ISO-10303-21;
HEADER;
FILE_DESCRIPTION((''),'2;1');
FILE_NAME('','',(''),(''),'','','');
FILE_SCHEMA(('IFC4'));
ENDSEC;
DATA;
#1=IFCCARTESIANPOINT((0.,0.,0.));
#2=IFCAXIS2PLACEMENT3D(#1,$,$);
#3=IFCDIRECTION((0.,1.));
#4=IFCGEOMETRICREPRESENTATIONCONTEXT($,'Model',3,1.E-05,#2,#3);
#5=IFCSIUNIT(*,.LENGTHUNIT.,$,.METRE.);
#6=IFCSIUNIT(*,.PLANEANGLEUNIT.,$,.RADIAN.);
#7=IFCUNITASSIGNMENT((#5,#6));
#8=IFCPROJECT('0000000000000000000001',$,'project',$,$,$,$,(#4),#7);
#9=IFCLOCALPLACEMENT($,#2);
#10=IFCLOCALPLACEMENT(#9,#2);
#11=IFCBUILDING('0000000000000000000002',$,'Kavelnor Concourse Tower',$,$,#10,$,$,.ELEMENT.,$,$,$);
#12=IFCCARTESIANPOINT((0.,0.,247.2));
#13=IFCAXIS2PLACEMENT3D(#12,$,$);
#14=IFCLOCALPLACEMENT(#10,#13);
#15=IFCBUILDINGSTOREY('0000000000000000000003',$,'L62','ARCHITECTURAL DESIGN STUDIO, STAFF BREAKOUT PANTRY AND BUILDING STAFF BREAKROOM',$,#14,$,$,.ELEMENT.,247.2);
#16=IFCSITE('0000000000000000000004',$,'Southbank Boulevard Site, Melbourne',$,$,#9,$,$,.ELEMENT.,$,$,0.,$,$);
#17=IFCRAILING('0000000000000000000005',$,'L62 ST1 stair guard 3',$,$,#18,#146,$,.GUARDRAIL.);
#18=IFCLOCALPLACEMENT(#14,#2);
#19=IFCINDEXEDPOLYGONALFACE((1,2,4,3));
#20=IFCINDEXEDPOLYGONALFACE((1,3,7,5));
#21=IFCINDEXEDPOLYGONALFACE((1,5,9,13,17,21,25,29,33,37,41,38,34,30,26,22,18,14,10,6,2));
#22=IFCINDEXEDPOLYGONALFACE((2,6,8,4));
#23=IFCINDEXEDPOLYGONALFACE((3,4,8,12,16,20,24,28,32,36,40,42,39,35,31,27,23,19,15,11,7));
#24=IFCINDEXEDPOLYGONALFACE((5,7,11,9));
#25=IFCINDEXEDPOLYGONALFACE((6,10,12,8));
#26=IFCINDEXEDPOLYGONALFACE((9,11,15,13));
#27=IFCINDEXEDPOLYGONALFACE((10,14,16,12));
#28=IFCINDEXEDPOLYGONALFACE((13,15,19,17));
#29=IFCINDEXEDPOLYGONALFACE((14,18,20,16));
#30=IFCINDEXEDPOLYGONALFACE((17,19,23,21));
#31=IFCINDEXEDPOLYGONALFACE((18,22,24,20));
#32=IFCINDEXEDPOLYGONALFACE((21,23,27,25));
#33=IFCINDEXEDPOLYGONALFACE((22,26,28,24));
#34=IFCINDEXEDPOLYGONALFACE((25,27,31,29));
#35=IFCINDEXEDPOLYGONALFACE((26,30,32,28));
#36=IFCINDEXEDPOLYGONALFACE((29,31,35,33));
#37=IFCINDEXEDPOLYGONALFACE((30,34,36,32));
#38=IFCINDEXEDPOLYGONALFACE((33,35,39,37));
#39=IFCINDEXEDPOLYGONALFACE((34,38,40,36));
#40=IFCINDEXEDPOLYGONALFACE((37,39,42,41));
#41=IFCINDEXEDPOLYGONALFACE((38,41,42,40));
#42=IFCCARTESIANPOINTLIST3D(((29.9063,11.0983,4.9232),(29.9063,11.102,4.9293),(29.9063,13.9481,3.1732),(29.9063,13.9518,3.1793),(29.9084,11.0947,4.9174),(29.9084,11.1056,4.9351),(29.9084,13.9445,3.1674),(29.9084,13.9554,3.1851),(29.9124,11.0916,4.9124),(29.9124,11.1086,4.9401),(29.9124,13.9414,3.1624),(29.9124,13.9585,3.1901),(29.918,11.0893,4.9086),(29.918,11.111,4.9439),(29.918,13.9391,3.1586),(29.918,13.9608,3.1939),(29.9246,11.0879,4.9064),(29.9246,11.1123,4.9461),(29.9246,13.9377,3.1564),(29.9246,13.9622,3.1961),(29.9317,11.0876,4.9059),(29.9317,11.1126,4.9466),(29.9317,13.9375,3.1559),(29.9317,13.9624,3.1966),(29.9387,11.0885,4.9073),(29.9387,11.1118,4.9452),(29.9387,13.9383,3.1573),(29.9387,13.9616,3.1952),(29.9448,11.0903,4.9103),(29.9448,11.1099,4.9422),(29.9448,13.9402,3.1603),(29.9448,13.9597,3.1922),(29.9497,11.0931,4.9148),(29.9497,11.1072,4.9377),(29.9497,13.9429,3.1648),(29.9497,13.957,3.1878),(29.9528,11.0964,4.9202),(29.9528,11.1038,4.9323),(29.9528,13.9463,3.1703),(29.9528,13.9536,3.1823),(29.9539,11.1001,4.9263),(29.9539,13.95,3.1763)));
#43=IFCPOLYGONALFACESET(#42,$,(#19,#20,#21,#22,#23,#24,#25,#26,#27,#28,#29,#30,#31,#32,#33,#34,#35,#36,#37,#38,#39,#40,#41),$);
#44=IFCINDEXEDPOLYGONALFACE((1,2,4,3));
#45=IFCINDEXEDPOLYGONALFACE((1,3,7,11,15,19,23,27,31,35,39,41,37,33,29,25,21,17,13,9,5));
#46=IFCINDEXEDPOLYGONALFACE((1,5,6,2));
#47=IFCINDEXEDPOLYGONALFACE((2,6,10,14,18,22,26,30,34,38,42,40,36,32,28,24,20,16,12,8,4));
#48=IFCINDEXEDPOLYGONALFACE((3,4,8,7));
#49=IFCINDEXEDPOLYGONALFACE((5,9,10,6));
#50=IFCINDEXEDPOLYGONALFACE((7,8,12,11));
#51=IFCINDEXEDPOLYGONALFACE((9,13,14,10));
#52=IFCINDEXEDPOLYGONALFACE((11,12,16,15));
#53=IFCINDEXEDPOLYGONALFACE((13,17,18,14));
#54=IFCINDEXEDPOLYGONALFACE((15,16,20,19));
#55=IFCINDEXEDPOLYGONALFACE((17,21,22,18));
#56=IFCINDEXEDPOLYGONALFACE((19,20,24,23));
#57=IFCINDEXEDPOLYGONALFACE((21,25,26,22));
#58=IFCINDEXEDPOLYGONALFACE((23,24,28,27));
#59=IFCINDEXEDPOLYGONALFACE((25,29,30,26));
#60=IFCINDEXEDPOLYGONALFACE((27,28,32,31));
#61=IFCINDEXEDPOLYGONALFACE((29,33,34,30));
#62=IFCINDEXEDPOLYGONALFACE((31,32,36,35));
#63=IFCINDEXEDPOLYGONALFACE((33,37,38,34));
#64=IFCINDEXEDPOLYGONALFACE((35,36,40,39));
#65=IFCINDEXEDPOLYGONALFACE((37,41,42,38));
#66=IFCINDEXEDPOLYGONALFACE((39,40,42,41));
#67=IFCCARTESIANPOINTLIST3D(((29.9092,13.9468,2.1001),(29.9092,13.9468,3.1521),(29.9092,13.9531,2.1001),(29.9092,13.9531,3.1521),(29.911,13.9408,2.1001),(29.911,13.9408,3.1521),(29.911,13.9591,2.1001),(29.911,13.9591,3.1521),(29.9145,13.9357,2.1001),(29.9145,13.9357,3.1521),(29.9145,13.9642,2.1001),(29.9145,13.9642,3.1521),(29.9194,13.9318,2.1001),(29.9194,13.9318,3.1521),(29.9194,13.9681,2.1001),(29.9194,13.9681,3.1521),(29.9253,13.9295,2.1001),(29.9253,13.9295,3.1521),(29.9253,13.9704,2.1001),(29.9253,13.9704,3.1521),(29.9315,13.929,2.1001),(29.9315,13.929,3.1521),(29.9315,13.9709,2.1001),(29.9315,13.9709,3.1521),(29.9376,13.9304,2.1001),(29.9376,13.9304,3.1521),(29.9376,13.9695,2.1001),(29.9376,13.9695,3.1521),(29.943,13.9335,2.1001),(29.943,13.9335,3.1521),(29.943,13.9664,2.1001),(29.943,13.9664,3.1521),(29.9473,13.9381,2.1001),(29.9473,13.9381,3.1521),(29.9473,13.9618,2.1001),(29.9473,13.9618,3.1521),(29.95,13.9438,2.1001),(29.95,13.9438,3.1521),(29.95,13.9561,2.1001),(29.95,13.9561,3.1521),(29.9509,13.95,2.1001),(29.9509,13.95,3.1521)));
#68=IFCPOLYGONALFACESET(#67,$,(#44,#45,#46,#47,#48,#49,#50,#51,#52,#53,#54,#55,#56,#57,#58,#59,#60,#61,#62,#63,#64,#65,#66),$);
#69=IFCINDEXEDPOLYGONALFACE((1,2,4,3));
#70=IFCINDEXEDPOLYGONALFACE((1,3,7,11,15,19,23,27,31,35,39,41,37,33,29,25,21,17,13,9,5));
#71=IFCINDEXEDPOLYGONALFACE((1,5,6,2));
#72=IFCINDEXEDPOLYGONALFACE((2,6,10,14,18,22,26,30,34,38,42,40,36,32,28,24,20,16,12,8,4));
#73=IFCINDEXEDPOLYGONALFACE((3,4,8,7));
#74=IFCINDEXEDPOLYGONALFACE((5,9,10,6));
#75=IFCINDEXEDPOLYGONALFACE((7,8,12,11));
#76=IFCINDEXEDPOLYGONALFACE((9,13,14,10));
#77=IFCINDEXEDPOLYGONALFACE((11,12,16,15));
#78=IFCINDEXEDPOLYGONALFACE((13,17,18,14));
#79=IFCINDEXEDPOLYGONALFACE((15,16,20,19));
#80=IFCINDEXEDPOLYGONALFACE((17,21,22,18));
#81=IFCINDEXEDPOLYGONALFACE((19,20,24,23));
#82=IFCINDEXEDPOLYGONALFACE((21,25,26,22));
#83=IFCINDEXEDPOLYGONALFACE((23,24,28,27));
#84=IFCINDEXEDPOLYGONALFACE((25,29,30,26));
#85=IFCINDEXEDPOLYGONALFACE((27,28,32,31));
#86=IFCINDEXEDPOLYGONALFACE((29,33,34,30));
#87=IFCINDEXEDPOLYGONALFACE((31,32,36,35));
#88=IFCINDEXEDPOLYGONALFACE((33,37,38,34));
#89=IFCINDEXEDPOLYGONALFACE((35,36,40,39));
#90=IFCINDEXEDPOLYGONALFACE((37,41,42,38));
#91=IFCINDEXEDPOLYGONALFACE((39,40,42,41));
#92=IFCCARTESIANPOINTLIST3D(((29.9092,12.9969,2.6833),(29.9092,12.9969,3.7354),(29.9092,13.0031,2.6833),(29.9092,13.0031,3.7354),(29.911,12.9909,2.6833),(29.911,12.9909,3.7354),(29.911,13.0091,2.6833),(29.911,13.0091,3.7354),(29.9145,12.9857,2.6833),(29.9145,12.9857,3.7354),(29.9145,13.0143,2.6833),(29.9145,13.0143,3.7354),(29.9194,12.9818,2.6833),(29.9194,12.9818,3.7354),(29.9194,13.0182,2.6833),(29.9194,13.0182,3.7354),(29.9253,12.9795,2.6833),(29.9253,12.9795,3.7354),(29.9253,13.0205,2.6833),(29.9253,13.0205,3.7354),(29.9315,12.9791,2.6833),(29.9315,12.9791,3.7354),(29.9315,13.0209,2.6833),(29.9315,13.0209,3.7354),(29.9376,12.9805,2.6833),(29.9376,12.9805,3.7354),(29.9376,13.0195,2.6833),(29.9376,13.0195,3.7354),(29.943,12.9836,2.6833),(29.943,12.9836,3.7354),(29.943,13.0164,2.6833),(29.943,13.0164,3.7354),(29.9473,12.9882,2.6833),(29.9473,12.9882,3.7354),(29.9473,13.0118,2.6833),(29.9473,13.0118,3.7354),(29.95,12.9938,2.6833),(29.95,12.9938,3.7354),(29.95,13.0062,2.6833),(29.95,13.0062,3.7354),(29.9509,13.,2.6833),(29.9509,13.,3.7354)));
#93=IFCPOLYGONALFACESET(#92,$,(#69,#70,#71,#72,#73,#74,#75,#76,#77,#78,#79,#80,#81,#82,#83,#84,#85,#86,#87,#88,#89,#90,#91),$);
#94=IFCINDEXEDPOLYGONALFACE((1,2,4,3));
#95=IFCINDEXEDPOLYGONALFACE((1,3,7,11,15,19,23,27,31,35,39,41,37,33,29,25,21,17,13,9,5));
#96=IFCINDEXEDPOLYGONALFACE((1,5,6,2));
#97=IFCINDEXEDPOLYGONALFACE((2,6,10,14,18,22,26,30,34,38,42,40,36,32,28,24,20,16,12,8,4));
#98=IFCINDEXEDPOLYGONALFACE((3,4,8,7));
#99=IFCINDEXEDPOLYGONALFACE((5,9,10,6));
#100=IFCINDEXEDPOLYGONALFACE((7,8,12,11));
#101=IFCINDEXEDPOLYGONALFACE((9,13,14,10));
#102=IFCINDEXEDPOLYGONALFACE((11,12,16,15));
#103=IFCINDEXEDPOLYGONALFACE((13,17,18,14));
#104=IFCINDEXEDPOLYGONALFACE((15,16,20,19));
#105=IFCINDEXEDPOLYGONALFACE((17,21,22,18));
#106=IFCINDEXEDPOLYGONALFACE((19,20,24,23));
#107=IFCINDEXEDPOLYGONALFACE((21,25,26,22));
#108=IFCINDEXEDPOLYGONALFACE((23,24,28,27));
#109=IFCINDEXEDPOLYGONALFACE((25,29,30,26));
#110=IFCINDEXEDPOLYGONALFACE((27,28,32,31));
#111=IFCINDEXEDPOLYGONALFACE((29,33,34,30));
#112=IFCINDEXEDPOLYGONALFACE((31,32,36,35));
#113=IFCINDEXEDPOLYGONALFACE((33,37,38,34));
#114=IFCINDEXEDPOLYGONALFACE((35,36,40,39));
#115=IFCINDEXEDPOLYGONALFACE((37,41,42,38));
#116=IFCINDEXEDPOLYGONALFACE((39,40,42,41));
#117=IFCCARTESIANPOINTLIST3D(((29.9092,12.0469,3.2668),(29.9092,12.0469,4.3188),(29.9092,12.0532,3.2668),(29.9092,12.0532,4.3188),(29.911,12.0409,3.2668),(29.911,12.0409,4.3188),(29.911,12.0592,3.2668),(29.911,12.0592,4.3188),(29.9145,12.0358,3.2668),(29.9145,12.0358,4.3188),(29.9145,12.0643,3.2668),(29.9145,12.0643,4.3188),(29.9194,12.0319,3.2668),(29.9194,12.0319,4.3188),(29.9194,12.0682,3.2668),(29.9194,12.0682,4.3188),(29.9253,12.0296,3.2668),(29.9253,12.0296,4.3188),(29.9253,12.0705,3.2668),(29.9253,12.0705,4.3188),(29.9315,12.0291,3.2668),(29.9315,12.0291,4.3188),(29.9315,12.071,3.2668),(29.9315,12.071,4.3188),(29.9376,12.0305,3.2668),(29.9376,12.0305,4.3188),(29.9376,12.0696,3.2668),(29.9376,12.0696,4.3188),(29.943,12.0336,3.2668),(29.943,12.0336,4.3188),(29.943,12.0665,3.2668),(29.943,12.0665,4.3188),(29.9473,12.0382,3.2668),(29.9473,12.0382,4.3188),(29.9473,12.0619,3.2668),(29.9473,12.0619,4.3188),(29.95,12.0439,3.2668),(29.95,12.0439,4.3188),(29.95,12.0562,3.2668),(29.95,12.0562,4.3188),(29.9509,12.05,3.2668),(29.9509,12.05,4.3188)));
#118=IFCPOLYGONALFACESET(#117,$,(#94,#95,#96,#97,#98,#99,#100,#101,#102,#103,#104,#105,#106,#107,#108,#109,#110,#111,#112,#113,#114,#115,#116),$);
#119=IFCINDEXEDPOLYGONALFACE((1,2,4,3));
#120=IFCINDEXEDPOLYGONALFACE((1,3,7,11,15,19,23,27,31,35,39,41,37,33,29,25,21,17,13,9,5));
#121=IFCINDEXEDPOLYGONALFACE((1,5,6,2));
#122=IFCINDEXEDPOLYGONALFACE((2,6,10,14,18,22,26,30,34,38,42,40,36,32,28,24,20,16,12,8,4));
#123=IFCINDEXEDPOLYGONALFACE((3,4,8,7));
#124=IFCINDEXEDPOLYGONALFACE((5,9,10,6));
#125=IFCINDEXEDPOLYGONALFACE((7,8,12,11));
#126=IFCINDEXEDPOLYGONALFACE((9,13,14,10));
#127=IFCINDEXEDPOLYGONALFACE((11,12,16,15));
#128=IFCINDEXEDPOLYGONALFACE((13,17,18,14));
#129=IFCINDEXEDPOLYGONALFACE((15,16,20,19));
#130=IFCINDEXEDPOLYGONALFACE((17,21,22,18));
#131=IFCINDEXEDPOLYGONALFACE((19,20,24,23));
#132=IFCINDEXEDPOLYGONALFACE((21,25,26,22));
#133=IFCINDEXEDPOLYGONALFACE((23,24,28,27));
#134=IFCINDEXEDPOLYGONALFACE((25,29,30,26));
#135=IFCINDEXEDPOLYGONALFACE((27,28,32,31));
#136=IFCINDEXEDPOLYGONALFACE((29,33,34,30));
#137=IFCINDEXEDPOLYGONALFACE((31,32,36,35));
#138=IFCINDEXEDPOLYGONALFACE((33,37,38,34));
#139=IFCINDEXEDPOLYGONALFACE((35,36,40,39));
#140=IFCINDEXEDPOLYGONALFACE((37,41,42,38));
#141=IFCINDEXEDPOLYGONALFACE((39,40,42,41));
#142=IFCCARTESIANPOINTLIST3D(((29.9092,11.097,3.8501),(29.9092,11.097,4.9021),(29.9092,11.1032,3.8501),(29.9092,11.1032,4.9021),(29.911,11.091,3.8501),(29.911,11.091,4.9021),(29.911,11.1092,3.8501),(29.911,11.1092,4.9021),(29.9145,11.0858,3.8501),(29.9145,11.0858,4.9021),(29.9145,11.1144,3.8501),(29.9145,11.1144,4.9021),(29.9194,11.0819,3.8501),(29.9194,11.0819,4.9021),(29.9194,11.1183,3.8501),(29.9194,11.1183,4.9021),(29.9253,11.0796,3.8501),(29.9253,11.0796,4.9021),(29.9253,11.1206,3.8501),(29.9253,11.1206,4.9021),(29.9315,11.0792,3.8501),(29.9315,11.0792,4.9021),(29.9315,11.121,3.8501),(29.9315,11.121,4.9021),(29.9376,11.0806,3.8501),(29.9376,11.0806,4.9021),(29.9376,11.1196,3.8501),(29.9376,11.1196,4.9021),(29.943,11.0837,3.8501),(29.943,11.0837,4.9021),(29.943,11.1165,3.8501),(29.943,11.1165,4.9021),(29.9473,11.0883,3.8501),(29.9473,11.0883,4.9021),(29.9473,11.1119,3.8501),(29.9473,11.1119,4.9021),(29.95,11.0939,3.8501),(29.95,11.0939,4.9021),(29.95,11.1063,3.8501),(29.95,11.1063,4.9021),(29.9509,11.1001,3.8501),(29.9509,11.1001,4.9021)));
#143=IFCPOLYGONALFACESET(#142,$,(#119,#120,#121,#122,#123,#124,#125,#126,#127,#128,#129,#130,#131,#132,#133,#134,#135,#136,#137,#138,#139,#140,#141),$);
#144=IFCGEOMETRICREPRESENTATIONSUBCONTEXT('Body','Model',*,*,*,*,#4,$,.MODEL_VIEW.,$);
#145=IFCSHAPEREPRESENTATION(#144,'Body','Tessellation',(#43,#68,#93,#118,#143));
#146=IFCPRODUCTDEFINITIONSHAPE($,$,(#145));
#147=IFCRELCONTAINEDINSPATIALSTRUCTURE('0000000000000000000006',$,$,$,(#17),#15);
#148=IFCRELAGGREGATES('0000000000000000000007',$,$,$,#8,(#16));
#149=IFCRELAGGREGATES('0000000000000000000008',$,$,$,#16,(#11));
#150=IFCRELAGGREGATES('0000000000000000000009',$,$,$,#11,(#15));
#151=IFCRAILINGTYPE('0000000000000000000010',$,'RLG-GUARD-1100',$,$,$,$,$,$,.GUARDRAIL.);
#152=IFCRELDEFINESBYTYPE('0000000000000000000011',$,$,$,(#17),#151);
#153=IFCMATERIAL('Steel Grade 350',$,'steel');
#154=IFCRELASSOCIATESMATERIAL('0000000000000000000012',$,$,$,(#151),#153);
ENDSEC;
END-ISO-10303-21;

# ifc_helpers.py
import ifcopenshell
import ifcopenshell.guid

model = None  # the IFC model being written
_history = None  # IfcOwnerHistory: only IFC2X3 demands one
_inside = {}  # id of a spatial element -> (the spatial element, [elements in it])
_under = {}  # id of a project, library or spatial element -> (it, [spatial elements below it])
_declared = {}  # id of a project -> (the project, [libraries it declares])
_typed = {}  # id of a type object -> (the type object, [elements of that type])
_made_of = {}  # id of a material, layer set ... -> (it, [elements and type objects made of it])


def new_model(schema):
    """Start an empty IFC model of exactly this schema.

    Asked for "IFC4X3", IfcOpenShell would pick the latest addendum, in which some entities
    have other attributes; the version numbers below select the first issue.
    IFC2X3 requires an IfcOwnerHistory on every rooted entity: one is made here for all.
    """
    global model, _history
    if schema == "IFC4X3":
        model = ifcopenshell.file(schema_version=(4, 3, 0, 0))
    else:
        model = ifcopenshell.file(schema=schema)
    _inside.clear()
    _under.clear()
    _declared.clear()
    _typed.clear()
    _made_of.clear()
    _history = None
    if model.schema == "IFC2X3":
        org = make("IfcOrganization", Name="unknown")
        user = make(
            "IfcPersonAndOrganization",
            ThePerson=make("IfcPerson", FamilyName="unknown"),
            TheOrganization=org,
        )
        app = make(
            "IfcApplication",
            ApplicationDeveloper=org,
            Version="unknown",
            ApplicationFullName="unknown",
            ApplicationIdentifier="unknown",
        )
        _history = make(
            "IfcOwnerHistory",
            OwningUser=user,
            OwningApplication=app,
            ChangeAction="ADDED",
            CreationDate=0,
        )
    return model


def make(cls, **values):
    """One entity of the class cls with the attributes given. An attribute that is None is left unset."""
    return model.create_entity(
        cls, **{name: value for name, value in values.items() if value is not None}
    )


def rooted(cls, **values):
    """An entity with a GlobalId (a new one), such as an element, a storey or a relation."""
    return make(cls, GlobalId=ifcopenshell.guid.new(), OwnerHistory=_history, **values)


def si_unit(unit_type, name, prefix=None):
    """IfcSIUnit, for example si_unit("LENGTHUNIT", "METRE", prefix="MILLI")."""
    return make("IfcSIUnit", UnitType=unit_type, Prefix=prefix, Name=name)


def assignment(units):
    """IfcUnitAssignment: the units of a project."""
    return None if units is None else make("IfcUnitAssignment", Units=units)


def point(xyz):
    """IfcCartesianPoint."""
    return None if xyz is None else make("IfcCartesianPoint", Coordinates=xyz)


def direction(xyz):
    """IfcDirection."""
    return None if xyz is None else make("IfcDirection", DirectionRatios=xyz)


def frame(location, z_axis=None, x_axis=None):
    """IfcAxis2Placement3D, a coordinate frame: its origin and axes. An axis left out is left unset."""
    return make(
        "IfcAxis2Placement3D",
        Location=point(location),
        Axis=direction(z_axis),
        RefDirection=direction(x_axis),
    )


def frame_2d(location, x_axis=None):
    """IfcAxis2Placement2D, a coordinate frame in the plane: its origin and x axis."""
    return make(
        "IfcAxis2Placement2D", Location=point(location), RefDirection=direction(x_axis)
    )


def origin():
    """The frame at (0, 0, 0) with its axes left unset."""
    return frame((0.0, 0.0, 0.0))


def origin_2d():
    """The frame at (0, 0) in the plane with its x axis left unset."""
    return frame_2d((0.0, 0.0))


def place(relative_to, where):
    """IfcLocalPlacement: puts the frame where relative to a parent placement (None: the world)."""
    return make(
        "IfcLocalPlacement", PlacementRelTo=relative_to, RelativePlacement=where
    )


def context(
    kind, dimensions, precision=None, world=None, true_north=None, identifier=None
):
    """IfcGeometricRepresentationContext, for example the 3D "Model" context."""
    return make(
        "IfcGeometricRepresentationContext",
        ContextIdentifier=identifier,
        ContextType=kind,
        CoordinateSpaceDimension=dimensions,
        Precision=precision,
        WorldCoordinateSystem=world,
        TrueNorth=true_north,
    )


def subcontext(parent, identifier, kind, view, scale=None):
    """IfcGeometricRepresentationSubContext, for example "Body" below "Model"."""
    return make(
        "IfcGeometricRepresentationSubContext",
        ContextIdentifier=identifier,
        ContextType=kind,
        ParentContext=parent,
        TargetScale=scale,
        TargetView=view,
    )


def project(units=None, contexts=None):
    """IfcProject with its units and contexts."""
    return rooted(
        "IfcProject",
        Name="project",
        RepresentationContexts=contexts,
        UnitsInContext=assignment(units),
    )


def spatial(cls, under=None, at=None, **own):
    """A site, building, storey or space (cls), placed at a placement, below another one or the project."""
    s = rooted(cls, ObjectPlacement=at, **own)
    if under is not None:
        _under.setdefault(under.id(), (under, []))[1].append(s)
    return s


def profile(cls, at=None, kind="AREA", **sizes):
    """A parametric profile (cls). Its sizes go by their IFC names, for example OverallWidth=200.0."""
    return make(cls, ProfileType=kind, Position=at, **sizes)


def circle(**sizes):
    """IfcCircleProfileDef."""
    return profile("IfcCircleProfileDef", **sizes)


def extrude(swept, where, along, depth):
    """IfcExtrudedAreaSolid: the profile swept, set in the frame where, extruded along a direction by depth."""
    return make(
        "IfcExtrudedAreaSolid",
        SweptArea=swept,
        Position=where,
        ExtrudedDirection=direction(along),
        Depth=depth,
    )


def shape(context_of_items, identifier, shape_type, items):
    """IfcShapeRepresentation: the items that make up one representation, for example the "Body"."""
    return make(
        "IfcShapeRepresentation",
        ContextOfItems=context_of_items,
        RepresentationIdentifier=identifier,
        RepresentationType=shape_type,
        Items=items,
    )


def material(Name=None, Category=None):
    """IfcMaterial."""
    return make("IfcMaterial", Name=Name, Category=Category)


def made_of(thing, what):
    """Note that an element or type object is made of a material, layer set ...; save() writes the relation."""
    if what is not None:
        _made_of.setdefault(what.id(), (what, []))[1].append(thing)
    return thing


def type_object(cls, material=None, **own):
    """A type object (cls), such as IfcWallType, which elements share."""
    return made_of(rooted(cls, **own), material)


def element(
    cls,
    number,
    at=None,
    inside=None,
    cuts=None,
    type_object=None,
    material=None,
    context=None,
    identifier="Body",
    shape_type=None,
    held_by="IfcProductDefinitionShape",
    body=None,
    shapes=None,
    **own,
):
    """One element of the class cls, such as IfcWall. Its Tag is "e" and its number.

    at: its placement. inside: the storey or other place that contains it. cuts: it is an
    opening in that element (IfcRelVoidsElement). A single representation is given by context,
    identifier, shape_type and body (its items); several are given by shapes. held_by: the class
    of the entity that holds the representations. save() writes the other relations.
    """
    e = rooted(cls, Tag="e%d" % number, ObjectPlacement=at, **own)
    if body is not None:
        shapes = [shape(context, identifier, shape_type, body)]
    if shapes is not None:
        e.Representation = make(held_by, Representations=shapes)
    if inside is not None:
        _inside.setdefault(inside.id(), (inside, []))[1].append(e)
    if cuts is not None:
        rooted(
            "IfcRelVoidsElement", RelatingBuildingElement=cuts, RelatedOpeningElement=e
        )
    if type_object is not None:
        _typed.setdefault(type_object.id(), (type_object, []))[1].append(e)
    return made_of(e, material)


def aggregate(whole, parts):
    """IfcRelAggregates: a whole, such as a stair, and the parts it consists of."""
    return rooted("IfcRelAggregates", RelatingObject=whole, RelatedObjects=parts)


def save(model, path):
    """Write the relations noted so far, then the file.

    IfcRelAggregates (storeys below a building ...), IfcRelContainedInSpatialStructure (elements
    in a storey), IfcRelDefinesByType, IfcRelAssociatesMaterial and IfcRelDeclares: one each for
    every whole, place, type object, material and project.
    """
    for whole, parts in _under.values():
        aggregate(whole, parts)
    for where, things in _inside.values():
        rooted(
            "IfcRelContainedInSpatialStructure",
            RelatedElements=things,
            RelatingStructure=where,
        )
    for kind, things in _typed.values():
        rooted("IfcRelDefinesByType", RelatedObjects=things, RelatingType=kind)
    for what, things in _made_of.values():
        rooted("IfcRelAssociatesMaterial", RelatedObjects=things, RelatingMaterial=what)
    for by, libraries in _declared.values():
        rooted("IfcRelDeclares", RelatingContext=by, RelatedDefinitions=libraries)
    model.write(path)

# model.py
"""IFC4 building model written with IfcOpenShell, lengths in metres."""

from ifc_helpers import new_model, si_unit, direction, frame, origin, origin_2d, place, context, subcontext, project, spatial, circle, extrude, material, type_object, element, save


model = new_model("IFC4")

# Units and contexts
model_context = context("Model", 3, precision=1e-05, world=origin(), true_north=direction((0.0, 1.0)))
body_context = subcontext(model_context, "Body", "Model", "MODEL_VIEW")
ifc_project = project(units=[si_unit("LENGTHUNIT", "METRE"), si_unit("PLANEANGLEUNIT", "RADIAN")], contexts=[model_context])

# Site, building, storey
site_placement = place(None, origin())
site = spatial("IfcSite", under=ifc_project, at=site_placement, Name="Southbank Boulevard Site, Melbourne", CompositionType="ELEMENT", RefElevation=0.0)
building_placement = place(site_placement, origin())
building = spatial("IfcBuilding", under=site, at=building_placement, Name="Kavelnor Concourse Tower", CompositionType="ELEMENT")
storey_placement = place(building_placement, frame((0.0, 0.0, 247.2)))
storey = spatial("IfcBuildingStorey", under=building, at=storey_placement, Name="L62", Description="ARCHITECTURAL DESIGN STUDIO, STAFF BREAKOUT PANTRY AND BUILDING STAFF BREAKROOM", CompositionType="ELEMENT", Elevation=247.2)

# Shared definitions
ifc_material_1 = material(Name="Steel Grade 350", Category="steel")

# Railing
railing_type_1 = type_object("IfcRailingType", Name="RLG-GUARD-1100", PredefinedType="GUARDRAIL", material=ifc_material_1)
railing_1_placement = place(storey_placement, frame((29.9299, 13.95, 2.1001)))
element("IfcRailing", 1, at=railing_1_placement, inside=storey, type_object=railing_type_1, Name="L62 ST1 stair guard 3", PredefinedType="GUARDRAIL", context=body_context, shape_type="SweptSolid", body=[
    extrude(circle(Radius=0.0239, at=origin_2d()), frame((0.0, 0.0, 1.0762), z_axis=(0.0, -0.852159, 0.523283), x_axis=(1.0, 0.0, 0.0)), (0.0, 0.0, 1.0), 3.3442),
    extrude(circle(Radius=0.021, at=origin_2d()), origin(), (0.0, 0.0, 1.0), 1.052),
    extrude(circle(Radius=0.021, at=origin_2d()), frame((0.0, -0.95, 0.5833)), (0.0, 0.0, 1.0), 1.052),
    extrude(circle(Radius=0.021, at=origin_2d()), frame((0.0, -1.8999, 1.1667)), (0.0, 0.0, 1.0), 1.052),
    extrude(circle(Radius=0.021, at=origin_2d()), frame((0.0, -2.8499, 1.75)), (0.0, 0.0, 1.0), 1.052),
])

save(model, "model.ifc")
